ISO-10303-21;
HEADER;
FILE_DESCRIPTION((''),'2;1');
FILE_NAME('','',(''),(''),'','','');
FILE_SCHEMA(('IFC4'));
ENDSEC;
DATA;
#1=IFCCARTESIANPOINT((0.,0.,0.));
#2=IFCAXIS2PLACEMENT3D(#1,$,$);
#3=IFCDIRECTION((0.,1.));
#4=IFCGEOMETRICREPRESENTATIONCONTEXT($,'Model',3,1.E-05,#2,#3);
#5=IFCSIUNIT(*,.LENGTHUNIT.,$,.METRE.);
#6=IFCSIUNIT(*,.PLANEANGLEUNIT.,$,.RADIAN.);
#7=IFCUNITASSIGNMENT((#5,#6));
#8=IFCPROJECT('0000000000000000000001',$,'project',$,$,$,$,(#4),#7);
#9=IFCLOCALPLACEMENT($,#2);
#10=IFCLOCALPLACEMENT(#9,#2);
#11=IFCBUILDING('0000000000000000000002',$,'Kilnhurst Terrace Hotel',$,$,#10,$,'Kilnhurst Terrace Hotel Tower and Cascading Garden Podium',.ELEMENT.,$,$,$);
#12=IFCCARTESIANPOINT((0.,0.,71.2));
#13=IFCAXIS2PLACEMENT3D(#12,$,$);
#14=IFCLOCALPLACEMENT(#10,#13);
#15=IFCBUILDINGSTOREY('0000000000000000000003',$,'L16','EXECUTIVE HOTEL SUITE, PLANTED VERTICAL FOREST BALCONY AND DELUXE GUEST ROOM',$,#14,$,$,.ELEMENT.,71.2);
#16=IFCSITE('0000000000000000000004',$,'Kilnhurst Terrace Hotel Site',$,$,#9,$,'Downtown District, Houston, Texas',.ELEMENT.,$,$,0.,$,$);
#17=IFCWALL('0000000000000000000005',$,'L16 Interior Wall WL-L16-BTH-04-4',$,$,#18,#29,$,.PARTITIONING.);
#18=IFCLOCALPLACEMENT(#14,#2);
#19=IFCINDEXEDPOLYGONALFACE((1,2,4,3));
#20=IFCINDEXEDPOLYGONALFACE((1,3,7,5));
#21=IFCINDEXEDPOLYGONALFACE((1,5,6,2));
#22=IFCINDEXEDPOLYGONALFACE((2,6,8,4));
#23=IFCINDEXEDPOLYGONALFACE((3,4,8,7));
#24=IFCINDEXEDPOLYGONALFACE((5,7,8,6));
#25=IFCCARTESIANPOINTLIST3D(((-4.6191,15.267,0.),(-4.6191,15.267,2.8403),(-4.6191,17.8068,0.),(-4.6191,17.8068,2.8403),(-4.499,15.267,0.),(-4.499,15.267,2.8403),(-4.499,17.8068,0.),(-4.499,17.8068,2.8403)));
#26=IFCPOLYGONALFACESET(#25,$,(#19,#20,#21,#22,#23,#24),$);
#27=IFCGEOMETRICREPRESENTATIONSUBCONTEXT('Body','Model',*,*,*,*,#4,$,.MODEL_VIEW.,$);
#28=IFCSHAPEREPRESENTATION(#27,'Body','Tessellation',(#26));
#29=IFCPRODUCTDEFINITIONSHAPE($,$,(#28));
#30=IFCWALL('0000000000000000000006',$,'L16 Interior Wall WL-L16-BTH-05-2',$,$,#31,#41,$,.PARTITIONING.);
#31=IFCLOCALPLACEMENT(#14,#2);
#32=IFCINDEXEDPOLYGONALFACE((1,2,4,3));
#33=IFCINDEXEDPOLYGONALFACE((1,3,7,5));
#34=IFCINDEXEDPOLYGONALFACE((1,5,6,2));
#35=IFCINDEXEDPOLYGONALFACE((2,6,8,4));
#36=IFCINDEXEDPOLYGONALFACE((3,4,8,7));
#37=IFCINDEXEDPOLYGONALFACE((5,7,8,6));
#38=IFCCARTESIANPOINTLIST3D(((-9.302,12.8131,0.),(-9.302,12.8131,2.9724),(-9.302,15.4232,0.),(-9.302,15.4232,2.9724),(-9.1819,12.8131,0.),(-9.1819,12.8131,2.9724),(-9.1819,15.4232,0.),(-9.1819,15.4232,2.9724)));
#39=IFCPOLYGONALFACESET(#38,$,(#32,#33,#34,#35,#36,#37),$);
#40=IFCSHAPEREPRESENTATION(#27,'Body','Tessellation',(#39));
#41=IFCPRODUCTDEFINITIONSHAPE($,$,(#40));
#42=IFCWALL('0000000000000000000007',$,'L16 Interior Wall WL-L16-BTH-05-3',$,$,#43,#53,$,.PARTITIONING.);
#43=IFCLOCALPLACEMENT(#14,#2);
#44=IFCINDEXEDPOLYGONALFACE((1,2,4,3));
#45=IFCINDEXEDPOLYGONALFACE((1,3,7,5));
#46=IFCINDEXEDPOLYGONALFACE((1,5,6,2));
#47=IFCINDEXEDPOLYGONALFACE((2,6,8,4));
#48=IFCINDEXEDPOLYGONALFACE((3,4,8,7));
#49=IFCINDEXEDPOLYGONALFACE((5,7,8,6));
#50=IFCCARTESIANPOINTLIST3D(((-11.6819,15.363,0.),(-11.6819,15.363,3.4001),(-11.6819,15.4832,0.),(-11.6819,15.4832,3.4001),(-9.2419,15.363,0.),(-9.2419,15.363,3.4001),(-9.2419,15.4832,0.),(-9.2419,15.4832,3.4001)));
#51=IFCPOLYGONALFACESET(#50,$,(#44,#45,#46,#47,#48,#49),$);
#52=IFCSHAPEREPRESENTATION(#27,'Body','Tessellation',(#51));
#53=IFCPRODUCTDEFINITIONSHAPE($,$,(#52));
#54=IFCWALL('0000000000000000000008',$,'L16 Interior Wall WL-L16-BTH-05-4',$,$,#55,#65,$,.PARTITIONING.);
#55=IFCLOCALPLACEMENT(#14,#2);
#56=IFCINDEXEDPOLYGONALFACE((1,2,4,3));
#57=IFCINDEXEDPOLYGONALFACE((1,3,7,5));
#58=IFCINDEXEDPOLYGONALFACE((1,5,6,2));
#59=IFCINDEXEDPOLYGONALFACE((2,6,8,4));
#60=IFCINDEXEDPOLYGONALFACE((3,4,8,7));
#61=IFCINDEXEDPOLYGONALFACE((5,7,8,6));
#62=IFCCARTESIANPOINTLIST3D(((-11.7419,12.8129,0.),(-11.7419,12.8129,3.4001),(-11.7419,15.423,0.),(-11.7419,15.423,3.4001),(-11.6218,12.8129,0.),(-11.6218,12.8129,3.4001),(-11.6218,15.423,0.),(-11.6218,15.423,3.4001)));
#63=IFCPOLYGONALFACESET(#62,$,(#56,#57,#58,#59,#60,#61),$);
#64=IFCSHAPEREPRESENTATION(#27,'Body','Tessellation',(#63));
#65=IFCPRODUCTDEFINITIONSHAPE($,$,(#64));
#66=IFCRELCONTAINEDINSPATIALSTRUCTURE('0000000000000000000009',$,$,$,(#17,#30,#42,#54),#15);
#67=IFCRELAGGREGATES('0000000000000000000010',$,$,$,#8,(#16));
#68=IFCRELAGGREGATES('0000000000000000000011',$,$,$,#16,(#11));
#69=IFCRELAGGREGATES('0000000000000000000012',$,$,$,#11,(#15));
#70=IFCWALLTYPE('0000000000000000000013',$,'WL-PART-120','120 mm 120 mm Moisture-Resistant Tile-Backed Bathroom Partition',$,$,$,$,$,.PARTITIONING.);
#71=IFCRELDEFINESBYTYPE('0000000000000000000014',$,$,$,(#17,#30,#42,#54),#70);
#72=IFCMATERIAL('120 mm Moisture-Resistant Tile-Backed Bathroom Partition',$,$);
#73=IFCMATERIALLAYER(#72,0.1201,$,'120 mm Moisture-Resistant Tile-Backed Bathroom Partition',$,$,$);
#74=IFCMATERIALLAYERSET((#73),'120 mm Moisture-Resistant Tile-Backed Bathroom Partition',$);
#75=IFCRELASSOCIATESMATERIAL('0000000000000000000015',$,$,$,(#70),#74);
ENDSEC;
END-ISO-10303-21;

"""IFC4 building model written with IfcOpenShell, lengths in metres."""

from ifc_helpers import new_model, si_unit, direction, frame, frame_2d, origin, place, context, subcontext, project, spatial, rectangle, extrude, material, layer, layer_set, type_object, element, save


model = new_model("IFC4")

# Units and contexts
model_context = context("Model", 3, precision=1e-05, world=origin(), true_north=direction((0.0, 1.0)))
body_context = subcontext(model_context, "Body", "Model", "MODEL_VIEW")
ifc_project = project(units=[si_unit("LENGTHUNIT", "METRE"), si_unit("PLANEANGLEUNIT", "RADIAN")], contexts=[model_context])

# Site, building, storey
site_placement = place(None, origin())
site = spatial("IfcSite", under=ifc_project, at=site_placement, Name="Kilnhurst Terrace Hotel Site", LongName="Downtown District, Houston, Texas", CompositionType="ELEMENT", RefElevation=0.0)
building_placement = place(site_placement, origin())
building = spatial("IfcBuilding", under=site, at=building_placement, Name="Kilnhurst Terrace Hotel", LongName="Kilnhurst Terrace Hotel Tower and Cascading Garden Podium", CompositionType="ELEMENT")
storey_placement = place(building_placement, frame((0.0, 0.0, 71.2)))
storey = spatial("IfcBuildingStorey", under=building, at=storey_placement, Name="L16", Description="EXECUTIVE HOTEL SUITE, PLANTED VERTICAL FOREST BALCONY AND DELUXE GUEST ROOM", CompositionType="ELEMENT", Elevation=71.2)

# Shared definitions
ifc_material_1 = material(Name="120 mm Moisture-Resistant Tile-Backed Bathroom Partition")
ifc_layer_1 = layer(ifc_material_1, 0.1201, Name="120 mm Moisture-Resistant Tile-Backed Bathroom Partition")
ifc_layer_set_1 = layer_set([ifc_layer_1], Name="120 mm Moisture-Resistant Tile-Backed Bathroom Partition")
wall_type_1 = type_object("IfcWallType", Name="WL-PART-120", Description="120 mm 120 mm Moisture-Resistant Tile-Backed Bathroom Partition", PredefinedType="PARTITIONING", material=ifc_layer_set_1)

# Walls
wall_1_placement = place(storey_placement, frame((-4.5591, 17.8069, 0.0), z_axis=(0.0, 0.0, 1.0), x_axis=(0.0, -1.0, 0.0)))
element("IfcWall", 1, at=wall_1_placement, inside=storey, type_object=wall_type_1, Name="L16 Interior Wall WL-L16-BTH-04-4", PredefinedType="PARTITIONING", context=body_context, shape_type="SweptSolid", body=[
    extrude(rectangle(XDim=2.5398, YDim=0.1201, at=frame_2d((1.27, 0.0))), origin(), (0.0, 0.0, 1.0), 2.8403),
])
wall_2_placement = place(storey_placement, frame((-9.2419, 12.813, 0.0), z_axis=(0.0, 0.0, 1.0), x_axis=(0.0, 1.0, 0.0)))
element("IfcWall", 2, at=wall_2_placement, inside=storey, type_object=wall_type_1, Name="L16 Interior Wall WL-L16-BTH-05-2", PredefinedType="PARTITIONING", context=body_context, shape_type="SweptSolid", body=[
    extrude(rectangle(XDim=2.6101, YDim=0.1201, at=frame_2d((1.3052, 0.0))), origin(), (0.0, 0.0, 1.0), 2.9724),
])
wall_3_placement = place(storey_placement, frame((-9.2419, 15.4231, 0.0), z_axis=(0.0, 0.0, 1.0), x_axis=(-1.0, 0.0, 0.0)))
element("IfcWall", 3, at=wall_3_placement, inside=storey, type_object=wall_type_1, Name="L16 Interior Wall WL-L16-BTH-05-3", PredefinedType="PARTITIONING", context=body_context, shape_type="SweptSolid", body=[
    extrude(rectangle(XDim=2.4399, YDim=0.1201, at=frame_2d((1.22, 0.0))), origin(), (0.0, 0.0, 1.0), 3.4001),
])
wall_4_placement = place(storey_placement, frame((-11.6819, 15.4231, 0.0), z_axis=(0.0, 0.0, 1.0), x_axis=(0.0, -1.0, 0.0)))
element("IfcWall", 4, at=wall_4_placement, inside=storey, type_object=wall_type_1, Name="L16 Interior Wall WL-L16-BTH-05-4", PredefinedType="PARTITIONING", context=body_context, shape_type="SweptSolid", body=[
    extrude(rectangle(XDim=2.6101, YDim=0.1201, at=frame_2d((1.3052, 0.0))), origin(), (0.0, 0.0, 1.0), 3.4001),
])

save(model, "model.ifc")
